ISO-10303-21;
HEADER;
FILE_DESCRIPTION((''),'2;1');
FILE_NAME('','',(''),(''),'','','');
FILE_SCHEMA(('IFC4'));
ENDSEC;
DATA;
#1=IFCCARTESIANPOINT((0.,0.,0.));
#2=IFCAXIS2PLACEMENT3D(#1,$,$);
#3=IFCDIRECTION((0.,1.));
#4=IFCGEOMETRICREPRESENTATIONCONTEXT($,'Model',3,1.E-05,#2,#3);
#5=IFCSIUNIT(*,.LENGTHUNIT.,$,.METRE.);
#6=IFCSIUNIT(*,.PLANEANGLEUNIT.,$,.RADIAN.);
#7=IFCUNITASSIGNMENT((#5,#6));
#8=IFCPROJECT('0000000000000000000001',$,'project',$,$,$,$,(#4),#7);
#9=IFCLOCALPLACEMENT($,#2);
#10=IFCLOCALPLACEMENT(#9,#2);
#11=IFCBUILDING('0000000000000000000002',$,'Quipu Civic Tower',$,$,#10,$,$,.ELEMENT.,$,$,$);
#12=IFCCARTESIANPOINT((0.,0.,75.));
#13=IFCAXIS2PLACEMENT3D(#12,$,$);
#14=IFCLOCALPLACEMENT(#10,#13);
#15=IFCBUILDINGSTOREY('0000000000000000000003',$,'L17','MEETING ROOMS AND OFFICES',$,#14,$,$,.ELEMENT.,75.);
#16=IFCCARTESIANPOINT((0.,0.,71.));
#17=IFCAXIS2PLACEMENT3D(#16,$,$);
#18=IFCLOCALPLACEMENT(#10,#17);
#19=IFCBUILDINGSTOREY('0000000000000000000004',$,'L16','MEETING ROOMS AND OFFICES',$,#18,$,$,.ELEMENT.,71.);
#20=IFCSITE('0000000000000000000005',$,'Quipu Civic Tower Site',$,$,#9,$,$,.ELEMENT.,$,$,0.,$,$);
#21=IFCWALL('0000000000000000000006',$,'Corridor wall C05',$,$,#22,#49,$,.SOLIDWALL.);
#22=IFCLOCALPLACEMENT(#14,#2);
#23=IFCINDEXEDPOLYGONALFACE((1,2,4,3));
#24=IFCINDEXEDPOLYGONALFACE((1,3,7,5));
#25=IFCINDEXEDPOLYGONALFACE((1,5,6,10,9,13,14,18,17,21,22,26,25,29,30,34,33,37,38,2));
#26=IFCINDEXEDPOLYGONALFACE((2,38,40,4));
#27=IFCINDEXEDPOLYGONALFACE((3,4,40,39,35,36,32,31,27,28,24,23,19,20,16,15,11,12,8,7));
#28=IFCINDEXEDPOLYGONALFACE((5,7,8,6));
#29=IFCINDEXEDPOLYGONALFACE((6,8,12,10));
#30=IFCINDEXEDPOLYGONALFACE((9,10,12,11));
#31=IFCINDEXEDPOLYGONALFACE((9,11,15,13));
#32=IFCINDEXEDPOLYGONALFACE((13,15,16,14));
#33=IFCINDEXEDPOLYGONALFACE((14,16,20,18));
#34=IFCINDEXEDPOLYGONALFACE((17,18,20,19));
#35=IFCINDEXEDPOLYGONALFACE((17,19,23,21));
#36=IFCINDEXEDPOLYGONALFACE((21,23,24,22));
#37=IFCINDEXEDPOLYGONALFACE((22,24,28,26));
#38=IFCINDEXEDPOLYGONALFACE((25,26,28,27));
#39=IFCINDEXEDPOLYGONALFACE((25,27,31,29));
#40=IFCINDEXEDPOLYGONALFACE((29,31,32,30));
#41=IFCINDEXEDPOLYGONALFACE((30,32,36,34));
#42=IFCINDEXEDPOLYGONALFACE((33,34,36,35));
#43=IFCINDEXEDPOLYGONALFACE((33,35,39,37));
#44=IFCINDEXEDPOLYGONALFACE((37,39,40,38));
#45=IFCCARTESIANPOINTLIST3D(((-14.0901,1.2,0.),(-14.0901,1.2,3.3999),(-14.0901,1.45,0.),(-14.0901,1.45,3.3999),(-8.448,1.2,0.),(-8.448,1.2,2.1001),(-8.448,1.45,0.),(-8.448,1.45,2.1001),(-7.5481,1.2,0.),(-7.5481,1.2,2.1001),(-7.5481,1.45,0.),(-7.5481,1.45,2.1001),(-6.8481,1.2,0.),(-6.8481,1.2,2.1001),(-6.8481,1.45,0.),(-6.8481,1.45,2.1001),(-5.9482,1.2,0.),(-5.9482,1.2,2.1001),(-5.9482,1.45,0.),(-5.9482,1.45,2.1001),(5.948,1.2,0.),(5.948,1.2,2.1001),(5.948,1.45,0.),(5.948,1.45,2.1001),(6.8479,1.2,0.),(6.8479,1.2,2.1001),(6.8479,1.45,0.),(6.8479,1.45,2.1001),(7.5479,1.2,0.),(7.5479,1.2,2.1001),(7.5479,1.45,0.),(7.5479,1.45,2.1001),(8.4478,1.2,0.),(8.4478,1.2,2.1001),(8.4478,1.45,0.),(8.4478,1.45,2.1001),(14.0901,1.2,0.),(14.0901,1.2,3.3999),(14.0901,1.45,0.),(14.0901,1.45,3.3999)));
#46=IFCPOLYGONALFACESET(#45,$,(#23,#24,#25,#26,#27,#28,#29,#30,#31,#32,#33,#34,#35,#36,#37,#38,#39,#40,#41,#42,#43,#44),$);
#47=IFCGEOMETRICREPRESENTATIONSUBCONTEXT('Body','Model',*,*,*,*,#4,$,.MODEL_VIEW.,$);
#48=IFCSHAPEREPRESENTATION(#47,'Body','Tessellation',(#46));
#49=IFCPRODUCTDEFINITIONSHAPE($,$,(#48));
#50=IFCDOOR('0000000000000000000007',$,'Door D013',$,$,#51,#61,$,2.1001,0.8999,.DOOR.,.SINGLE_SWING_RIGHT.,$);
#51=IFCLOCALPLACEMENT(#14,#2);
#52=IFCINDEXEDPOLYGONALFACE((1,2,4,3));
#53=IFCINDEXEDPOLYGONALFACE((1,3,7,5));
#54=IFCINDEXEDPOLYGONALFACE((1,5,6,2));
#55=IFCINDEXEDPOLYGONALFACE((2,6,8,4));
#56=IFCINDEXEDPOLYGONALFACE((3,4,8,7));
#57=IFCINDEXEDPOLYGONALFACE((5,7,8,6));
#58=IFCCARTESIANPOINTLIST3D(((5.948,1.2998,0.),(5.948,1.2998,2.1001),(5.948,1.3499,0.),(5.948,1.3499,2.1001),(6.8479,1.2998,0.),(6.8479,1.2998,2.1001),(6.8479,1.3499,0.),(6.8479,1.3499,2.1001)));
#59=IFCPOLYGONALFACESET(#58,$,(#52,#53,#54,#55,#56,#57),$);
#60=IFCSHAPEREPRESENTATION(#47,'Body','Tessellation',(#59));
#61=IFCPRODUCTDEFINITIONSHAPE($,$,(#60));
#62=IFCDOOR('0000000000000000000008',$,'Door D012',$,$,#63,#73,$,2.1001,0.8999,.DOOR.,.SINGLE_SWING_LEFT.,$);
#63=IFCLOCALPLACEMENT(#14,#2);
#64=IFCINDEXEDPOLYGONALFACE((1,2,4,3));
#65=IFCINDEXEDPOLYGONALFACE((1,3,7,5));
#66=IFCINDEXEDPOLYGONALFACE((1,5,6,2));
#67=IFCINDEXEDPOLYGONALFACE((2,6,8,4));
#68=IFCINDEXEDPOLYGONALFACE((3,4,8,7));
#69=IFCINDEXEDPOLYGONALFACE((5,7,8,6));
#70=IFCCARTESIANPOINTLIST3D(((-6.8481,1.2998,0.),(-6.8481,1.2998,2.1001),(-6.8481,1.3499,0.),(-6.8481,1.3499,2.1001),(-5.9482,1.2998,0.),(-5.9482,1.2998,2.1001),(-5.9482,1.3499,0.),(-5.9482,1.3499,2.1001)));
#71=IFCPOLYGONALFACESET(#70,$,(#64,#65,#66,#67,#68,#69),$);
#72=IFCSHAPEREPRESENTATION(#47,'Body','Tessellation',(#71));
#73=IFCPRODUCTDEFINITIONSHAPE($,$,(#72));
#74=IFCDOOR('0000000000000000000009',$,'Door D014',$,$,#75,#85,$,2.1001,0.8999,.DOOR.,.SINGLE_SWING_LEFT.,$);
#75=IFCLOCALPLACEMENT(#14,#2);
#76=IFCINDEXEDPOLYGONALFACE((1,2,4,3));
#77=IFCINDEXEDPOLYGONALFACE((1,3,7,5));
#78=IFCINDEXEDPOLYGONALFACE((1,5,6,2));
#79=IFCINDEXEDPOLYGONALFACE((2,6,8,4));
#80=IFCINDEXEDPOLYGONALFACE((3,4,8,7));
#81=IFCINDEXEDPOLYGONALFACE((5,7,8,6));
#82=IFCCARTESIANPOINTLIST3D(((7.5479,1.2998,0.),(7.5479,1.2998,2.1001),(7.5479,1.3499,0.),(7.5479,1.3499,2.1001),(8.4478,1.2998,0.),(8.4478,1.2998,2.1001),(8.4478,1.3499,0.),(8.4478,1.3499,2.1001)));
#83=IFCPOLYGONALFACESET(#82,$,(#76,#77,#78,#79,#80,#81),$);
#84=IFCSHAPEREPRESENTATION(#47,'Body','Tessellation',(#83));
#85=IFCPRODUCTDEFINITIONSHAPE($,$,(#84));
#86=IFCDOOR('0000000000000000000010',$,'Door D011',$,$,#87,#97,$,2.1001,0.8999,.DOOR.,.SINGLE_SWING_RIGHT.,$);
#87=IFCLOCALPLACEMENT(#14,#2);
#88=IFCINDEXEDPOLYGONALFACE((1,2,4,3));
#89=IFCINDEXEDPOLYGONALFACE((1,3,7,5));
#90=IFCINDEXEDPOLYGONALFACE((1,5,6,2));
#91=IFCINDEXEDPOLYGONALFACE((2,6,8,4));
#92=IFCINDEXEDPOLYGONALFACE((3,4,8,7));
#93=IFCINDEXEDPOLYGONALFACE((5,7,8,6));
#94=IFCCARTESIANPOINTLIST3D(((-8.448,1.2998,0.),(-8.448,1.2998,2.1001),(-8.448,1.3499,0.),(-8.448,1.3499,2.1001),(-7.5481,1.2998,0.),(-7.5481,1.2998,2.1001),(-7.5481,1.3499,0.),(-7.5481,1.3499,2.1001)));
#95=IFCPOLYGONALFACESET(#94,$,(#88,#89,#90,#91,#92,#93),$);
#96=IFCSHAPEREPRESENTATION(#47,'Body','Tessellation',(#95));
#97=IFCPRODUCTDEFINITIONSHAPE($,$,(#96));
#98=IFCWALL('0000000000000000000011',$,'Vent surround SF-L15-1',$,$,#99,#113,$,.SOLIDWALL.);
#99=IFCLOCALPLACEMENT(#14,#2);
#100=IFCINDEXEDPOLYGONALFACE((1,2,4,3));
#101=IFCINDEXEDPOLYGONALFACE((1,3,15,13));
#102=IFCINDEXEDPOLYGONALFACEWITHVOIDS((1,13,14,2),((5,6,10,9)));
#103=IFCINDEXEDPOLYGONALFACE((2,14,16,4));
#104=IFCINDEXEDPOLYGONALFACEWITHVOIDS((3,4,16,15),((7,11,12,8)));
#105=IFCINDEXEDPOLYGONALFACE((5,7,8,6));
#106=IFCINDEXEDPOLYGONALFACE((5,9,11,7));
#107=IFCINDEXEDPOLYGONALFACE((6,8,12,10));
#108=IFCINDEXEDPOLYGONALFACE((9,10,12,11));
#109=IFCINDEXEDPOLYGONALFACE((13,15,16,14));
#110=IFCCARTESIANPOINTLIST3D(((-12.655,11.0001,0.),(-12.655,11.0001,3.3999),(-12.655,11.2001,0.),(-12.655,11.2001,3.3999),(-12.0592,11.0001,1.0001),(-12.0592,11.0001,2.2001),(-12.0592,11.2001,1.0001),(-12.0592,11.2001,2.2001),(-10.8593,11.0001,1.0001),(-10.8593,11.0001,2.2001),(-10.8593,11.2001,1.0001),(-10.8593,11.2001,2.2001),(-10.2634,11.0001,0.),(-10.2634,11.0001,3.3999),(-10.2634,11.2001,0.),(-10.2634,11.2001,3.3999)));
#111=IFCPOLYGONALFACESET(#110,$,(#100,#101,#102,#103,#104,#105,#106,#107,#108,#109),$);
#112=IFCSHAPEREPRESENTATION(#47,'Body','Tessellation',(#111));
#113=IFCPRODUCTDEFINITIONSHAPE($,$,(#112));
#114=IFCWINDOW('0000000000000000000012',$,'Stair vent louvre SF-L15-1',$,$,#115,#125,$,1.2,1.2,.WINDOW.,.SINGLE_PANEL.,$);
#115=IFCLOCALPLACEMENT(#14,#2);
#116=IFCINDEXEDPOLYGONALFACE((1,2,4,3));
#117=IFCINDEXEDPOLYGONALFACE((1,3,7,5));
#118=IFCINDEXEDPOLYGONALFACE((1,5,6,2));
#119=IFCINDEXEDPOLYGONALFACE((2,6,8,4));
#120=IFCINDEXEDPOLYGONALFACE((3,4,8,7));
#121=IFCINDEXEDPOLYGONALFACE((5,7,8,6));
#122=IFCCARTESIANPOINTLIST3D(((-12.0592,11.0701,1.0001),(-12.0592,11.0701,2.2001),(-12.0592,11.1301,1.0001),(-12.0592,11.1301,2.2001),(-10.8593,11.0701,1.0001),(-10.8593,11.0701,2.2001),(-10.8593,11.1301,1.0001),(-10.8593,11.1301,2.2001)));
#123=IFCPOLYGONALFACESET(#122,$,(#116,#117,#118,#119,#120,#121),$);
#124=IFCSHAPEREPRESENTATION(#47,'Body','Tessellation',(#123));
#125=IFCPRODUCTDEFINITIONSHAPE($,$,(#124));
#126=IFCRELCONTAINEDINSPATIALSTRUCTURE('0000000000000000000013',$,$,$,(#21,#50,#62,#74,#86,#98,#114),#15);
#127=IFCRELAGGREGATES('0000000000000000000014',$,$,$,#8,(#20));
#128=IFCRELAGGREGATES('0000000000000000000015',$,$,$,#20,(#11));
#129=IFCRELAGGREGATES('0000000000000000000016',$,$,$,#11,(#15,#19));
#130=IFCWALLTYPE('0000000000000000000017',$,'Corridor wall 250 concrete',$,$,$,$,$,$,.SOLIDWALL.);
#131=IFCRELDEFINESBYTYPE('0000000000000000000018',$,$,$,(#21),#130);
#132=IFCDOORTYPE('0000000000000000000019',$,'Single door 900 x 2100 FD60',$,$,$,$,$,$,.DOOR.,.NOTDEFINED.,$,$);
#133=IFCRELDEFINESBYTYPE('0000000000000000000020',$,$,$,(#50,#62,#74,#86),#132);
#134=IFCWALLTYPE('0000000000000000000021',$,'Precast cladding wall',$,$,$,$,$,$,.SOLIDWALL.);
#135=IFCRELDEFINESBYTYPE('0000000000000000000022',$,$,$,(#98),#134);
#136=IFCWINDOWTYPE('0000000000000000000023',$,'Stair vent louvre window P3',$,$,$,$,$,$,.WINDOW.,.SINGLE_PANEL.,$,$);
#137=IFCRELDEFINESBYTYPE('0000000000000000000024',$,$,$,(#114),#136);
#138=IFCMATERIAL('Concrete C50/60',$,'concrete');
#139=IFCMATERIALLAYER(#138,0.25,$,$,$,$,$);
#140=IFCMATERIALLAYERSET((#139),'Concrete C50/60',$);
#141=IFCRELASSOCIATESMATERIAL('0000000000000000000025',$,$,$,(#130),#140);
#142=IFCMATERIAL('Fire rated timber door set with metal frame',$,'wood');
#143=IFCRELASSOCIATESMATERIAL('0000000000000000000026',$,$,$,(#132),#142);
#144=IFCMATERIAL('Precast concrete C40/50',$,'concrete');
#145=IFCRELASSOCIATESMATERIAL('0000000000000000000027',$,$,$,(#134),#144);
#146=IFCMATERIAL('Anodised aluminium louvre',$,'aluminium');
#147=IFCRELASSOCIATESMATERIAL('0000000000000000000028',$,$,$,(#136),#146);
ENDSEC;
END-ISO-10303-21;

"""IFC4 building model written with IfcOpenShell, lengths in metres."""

from ifc_helpers import new_model, si_unit, direction, frame, frame_2d, origin, place, context, subcontext, project, spatial, rectangle, extrude, material, layer, layer_set, type_object, element, fill, save


model = new_model("IFC4")

# Units and contexts
model_context = context("Model", 3, precision=1e-05, world=origin(), true_north=direction((0.0, 1.0)))
body_context = subcontext(model_context, "Body", "Model", "MODEL_VIEW")
ifc_project = project(units=[si_unit("LENGTHUNIT", "METRE"), si_unit("PLANEANGLEUNIT", "RADIAN")], contexts=[model_context])

# Site, building, storey
site_placement = place(None, origin())
site = spatial("IfcSite", under=ifc_project, at=site_placement, Name="Quipu Civic Tower Site", CompositionType="ELEMENT", RefElevation=0.0)
building_placement = place(site_placement, origin())
building = spatial("IfcBuilding", under=site, at=building_placement, Name="Quipu Civic Tower", CompositionType="ELEMENT")
storey_1_placement = place(building_placement, frame((0.0, 0.0, 75.0)))
storey_1 = spatial("IfcBuildingStorey", under=building, at=storey_1_placement, Name="L17", Description="MEETING ROOMS AND OFFICES", CompositionType="ELEMENT", Elevation=75.0)

# Shared definitions
storey_2_placement = place(building_placement, frame((0.0, 0.0, 71.0)))
storey_2 = spatial("IfcBuildingStorey", under=building, at=storey_2_placement, Name="L16", Description="MEETING ROOMS AND OFFICES", CompositionType="ELEMENT", Elevation=71.0)

# Wall, openings, doors
ifc_material_1 = material(Name="Concrete C50/60", Category="concrete")
ifc_layer_1 = layer(ifc_material_1, 0.25)
ifc_layer_set_1 = layer_set([ifc_layer_1], Name="Concrete C50/60")
wall_type_1 = type_object("IfcWallType", Name="Corridor wall 250 concrete", PredefinedType="SOLIDWALL", material=ifc_layer_set_1)
wall_1_placement = place(storey_1_placement, frame((-14.0901, 1.325, 0.0), z_axis=(0.0, 0.0, 1.0), x_axis=(1.0, 0.0, 0.0)))
wall_1 = element("IfcWall", 1, at=wall_1_placement, inside=storey_1, type_object=wall_type_1, Name="Corridor wall C05", PredefinedType="SOLIDWALL", context=body_context, shape_type="SweptSolid", body=[
    extrude(rectangle(XDim=28.1802, YDim=0.25, at=frame_2d((14.0901, 0.0))), origin(), (0.0, 0.0, 1.0), 3.3999),
])
opening_1_placement = place(wall_1_placement, frame((20.0381, 0.0, 0.0)))
opening_1 = element("IfcOpeningElement", 2, at=opening_1_placement, cuts=wall_1, PredefinedType="OPENING", context=body_context, shape_type="SweptSolid", body=[
    extrude(rectangle(XDim=0.8999, YDim=2.1001, at=frame_2d((0.45, 1.05))), frame((0.0, 0.135, 0.0), z_axis=(0.0, -1.0, 0.0), x_axis=(1.0, 0.0, 0.0)), (0.0, 0.0, 1.0), 0.27),
])
opening_2_placement = place(wall_1_placement, frame((7.2419, 0.0, 0.0)))
opening_2 = element("IfcOpeningElement", 3, at=opening_2_placement, cuts=wall_1, PredefinedType="OPENING", context=body_context, shape_type="SweptSolid", body=[
    extrude(rectangle(XDim=0.8999, YDim=2.1001, at=frame_2d((0.45, 1.05))), frame((0.0, 0.135, 0.0), z_axis=(0.0, -1.0, 0.0), x_axis=(1.0, 0.0, 0.0)), (0.0, 0.0, 1.0), 0.27),
])
opening_3_placement = place(wall_1_placement, frame((21.6379, 0.0, 0.0)))
opening_3 = element("IfcOpeningElement", 4, at=opening_3_placement, cuts=wall_1, PredefinedType="OPENING", context=body_context, shape_type="SweptSolid", body=[
    extrude(rectangle(XDim=0.8999, YDim=2.1001, at=frame_2d((0.45, 1.05))), frame((0.0, 0.135, 0.0), z_axis=(0.0, -1.0, 0.0), x_axis=(1.0, 0.0, 0.0)), (0.0, 0.0, 1.0), 0.27),
])
opening_4_placement = place(wall_1_placement, frame((5.6421, 0.0, 0.0)))
opening_4 = element("IfcOpeningElement", 5, at=opening_4_placement, cuts=wall_1, PredefinedType="OPENING", context=body_context, shape_type="SweptSolid", body=[
    extrude(rectangle(XDim=0.8999, YDim=2.1001, at=frame_2d((0.45, 1.05))), frame((0.0, 0.135, 0.0), z_axis=(0.0, -1.0, 0.0), x_axis=(1.0, 0.0, 0.0)), (0.0, 0.0, 1.0), 0.27),
])
ifc_material_2 = material(Name="Fire rated timber door set with metal frame", Category="wood")
door_type = type_object("IfcDoorType", Name="Single door 900 x 2100 FD60", OperationType="NOTDEFINED", PredefinedType="DOOR", material=ifc_material_2)
door_1_placement = place(opening_1_placement, origin())
door_1 = element("IfcDoor", 6, at=door_1_placement, inside=storey_1, type_object=door_type, Name="Door D013", OperationType="SINGLE_SWING_RIGHT", OverallHeight=2.1001, OverallWidth=0.8999, PredefinedType="DOOR", context=body_context, shape_type="SweptSolid", body=[
    extrude(rectangle(XDim=0.8999, YDim=2.1001, at=frame_2d((0.45, 1.05))), frame((0.0, 0.0249, 0.0), z_axis=(0.0, -1.0, 0.0), x_axis=(1.0, 0.0, 0.0)), (0.0, 0.0, 1.0), 0.05),
])
fill(opening_1, door_1)
door_2_placement = place(opening_2_placement, origin())
door_2 = element("IfcDoor", 7, at=door_2_placement, inside=storey_1, type_object=door_type, Name="Door D012", OperationType="SINGLE_SWING_LEFT", OverallHeight=2.1001, OverallWidth=0.8999, PredefinedType="DOOR", context=body_context, shape_type="SweptSolid", body=[
    extrude(rectangle(XDim=0.8999, YDim=2.1001, at=frame_2d((0.45, 1.05))), frame((0.0, 0.0249, 0.0), z_axis=(0.0, -1.0, 0.0), x_axis=(1.0, 0.0, 0.0)), (0.0, 0.0, 1.0), 0.05),
])
fill(opening_2, door_2)
door_3_placement = place(opening_3_placement, origin())
door_3 = element("IfcDoor", 8, at=door_3_placement, inside=storey_1, type_object=door_type, Name="Door D014", OperationType="SINGLE_SWING_LEFT", OverallHeight=2.1001, OverallWidth=0.8999, PredefinedType="DOOR", context=body_context, shape_type="SweptSolid", body=[
    extrude(rectangle(XDim=0.8999, YDim=2.1001, at=frame_2d((0.45, 1.05))), frame((0.0, 0.0249, 0.0), z_axis=(0.0, -1.0, 0.0), x_axis=(1.0, 0.0, 0.0)), (0.0, 0.0, 1.0), 0.05),
])
fill(opening_3, door_3)
door_4_placement = place(opening_4_placement, origin())
door_4 = element("IfcDoor", 9, at=door_4_placement, inside=storey_1, type_object=door_type, Name="Door D011", OperationType="SINGLE_SWING_RIGHT", OverallHeight=2.1001, OverallWidth=0.8999, PredefinedType="DOOR", context=body_context, shape_type="SweptSolid", body=[
    extrude(rectangle(XDim=0.8999, YDim=2.1001, at=frame_2d((0.45, 1.05))), frame((0.0, 0.0249, 0.0), z_axis=(0.0, -1.0, 0.0), x_axis=(1.0, 0.0, 0.0)), (0.0, 0.0, 1.0), 0.05),
])
fill(opening_4, door_4)

# Wall, opening, window
ifc_material_3 = material(Name="Precast concrete C40/50", Category="concrete")
wall_type_2 = type_object("IfcWallType", Name="Precast cladding wall", PredefinedType="SOLIDWALL", material=ifc_material_3)
wall_2_placement = place(storey_1_placement, frame((-10.2634, 11.1001, 0.0), z_axis=(0.0, 0.0, 1.0), x_axis=(-1.0, 0.0, 0.0)))
wall_2 = element("IfcWall", 10, at=wall_2_placement, inside=storey_1, type_object=wall_type_2, Name="Vent surround SF-L15-1", PredefinedType="SOLIDWALL", context=body_context, shape_type="SweptSolid", body=[
    extrude(rectangle(XDim=2.3916, YDim=0.2, at=frame_2d((1.1958, 0.0))), origin(), (0.0, 0.0, 1.0), 3.3999),
])
opening_5_placement = place(wall_2_placement, frame((0.5957, 0.0, 1.0)))
opening_5 = element("IfcOpeningElement", 11, at=opening_5_placement, cuts=wall_2, PredefinedType="OPENING", context=body_context, shape_type="SweptSolid", body=[
    extrude(rectangle(XDim=1.2, YDim=1.2, at=frame_2d((0.6001, 0.6001))), frame((0.0, 0.1099, 0.0), z_axis=(0.0, -1.0, 0.0), x_axis=(1.0, 0.0, 0.0)), (0.0, 0.0, 1.0), 0.22),
])
ifc_material_4 = material(Name="Anodised aluminium louvre", Category="aluminium")
window_type = type_object("IfcWindowType", Name="Stair vent louvre window P3", PartitioningType="SINGLE_PANEL", PredefinedType="WINDOW", material=ifc_material_4)
window_placement = place(opening_5_placement, origin())
window = element("IfcWindow", 12, at=window_placement, inside=storey_1, type_object=window_type, Name="Stair vent louvre SF-L15-1", OverallHeight=1.2, OverallWidth=1.2, PartitioningType="SINGLE_PANEL", PredefinedType="WINDOW", context=body_context, shape_type="SweptSolid", body=[
    extrude(rectangle(XDim=1.2, YDim=1.2, at=frame_2d((0.6001, 0.6001))), frame((0.0, 0.03, 0.0), z_axis=(0.0, -1.0, 0.0), x_axis=(1.0, 0.0, 0.0)), (0.0, 0.0, 1.0), 0.0601),
])
fill(opening_5, window)

save(model, "model.ifc")
